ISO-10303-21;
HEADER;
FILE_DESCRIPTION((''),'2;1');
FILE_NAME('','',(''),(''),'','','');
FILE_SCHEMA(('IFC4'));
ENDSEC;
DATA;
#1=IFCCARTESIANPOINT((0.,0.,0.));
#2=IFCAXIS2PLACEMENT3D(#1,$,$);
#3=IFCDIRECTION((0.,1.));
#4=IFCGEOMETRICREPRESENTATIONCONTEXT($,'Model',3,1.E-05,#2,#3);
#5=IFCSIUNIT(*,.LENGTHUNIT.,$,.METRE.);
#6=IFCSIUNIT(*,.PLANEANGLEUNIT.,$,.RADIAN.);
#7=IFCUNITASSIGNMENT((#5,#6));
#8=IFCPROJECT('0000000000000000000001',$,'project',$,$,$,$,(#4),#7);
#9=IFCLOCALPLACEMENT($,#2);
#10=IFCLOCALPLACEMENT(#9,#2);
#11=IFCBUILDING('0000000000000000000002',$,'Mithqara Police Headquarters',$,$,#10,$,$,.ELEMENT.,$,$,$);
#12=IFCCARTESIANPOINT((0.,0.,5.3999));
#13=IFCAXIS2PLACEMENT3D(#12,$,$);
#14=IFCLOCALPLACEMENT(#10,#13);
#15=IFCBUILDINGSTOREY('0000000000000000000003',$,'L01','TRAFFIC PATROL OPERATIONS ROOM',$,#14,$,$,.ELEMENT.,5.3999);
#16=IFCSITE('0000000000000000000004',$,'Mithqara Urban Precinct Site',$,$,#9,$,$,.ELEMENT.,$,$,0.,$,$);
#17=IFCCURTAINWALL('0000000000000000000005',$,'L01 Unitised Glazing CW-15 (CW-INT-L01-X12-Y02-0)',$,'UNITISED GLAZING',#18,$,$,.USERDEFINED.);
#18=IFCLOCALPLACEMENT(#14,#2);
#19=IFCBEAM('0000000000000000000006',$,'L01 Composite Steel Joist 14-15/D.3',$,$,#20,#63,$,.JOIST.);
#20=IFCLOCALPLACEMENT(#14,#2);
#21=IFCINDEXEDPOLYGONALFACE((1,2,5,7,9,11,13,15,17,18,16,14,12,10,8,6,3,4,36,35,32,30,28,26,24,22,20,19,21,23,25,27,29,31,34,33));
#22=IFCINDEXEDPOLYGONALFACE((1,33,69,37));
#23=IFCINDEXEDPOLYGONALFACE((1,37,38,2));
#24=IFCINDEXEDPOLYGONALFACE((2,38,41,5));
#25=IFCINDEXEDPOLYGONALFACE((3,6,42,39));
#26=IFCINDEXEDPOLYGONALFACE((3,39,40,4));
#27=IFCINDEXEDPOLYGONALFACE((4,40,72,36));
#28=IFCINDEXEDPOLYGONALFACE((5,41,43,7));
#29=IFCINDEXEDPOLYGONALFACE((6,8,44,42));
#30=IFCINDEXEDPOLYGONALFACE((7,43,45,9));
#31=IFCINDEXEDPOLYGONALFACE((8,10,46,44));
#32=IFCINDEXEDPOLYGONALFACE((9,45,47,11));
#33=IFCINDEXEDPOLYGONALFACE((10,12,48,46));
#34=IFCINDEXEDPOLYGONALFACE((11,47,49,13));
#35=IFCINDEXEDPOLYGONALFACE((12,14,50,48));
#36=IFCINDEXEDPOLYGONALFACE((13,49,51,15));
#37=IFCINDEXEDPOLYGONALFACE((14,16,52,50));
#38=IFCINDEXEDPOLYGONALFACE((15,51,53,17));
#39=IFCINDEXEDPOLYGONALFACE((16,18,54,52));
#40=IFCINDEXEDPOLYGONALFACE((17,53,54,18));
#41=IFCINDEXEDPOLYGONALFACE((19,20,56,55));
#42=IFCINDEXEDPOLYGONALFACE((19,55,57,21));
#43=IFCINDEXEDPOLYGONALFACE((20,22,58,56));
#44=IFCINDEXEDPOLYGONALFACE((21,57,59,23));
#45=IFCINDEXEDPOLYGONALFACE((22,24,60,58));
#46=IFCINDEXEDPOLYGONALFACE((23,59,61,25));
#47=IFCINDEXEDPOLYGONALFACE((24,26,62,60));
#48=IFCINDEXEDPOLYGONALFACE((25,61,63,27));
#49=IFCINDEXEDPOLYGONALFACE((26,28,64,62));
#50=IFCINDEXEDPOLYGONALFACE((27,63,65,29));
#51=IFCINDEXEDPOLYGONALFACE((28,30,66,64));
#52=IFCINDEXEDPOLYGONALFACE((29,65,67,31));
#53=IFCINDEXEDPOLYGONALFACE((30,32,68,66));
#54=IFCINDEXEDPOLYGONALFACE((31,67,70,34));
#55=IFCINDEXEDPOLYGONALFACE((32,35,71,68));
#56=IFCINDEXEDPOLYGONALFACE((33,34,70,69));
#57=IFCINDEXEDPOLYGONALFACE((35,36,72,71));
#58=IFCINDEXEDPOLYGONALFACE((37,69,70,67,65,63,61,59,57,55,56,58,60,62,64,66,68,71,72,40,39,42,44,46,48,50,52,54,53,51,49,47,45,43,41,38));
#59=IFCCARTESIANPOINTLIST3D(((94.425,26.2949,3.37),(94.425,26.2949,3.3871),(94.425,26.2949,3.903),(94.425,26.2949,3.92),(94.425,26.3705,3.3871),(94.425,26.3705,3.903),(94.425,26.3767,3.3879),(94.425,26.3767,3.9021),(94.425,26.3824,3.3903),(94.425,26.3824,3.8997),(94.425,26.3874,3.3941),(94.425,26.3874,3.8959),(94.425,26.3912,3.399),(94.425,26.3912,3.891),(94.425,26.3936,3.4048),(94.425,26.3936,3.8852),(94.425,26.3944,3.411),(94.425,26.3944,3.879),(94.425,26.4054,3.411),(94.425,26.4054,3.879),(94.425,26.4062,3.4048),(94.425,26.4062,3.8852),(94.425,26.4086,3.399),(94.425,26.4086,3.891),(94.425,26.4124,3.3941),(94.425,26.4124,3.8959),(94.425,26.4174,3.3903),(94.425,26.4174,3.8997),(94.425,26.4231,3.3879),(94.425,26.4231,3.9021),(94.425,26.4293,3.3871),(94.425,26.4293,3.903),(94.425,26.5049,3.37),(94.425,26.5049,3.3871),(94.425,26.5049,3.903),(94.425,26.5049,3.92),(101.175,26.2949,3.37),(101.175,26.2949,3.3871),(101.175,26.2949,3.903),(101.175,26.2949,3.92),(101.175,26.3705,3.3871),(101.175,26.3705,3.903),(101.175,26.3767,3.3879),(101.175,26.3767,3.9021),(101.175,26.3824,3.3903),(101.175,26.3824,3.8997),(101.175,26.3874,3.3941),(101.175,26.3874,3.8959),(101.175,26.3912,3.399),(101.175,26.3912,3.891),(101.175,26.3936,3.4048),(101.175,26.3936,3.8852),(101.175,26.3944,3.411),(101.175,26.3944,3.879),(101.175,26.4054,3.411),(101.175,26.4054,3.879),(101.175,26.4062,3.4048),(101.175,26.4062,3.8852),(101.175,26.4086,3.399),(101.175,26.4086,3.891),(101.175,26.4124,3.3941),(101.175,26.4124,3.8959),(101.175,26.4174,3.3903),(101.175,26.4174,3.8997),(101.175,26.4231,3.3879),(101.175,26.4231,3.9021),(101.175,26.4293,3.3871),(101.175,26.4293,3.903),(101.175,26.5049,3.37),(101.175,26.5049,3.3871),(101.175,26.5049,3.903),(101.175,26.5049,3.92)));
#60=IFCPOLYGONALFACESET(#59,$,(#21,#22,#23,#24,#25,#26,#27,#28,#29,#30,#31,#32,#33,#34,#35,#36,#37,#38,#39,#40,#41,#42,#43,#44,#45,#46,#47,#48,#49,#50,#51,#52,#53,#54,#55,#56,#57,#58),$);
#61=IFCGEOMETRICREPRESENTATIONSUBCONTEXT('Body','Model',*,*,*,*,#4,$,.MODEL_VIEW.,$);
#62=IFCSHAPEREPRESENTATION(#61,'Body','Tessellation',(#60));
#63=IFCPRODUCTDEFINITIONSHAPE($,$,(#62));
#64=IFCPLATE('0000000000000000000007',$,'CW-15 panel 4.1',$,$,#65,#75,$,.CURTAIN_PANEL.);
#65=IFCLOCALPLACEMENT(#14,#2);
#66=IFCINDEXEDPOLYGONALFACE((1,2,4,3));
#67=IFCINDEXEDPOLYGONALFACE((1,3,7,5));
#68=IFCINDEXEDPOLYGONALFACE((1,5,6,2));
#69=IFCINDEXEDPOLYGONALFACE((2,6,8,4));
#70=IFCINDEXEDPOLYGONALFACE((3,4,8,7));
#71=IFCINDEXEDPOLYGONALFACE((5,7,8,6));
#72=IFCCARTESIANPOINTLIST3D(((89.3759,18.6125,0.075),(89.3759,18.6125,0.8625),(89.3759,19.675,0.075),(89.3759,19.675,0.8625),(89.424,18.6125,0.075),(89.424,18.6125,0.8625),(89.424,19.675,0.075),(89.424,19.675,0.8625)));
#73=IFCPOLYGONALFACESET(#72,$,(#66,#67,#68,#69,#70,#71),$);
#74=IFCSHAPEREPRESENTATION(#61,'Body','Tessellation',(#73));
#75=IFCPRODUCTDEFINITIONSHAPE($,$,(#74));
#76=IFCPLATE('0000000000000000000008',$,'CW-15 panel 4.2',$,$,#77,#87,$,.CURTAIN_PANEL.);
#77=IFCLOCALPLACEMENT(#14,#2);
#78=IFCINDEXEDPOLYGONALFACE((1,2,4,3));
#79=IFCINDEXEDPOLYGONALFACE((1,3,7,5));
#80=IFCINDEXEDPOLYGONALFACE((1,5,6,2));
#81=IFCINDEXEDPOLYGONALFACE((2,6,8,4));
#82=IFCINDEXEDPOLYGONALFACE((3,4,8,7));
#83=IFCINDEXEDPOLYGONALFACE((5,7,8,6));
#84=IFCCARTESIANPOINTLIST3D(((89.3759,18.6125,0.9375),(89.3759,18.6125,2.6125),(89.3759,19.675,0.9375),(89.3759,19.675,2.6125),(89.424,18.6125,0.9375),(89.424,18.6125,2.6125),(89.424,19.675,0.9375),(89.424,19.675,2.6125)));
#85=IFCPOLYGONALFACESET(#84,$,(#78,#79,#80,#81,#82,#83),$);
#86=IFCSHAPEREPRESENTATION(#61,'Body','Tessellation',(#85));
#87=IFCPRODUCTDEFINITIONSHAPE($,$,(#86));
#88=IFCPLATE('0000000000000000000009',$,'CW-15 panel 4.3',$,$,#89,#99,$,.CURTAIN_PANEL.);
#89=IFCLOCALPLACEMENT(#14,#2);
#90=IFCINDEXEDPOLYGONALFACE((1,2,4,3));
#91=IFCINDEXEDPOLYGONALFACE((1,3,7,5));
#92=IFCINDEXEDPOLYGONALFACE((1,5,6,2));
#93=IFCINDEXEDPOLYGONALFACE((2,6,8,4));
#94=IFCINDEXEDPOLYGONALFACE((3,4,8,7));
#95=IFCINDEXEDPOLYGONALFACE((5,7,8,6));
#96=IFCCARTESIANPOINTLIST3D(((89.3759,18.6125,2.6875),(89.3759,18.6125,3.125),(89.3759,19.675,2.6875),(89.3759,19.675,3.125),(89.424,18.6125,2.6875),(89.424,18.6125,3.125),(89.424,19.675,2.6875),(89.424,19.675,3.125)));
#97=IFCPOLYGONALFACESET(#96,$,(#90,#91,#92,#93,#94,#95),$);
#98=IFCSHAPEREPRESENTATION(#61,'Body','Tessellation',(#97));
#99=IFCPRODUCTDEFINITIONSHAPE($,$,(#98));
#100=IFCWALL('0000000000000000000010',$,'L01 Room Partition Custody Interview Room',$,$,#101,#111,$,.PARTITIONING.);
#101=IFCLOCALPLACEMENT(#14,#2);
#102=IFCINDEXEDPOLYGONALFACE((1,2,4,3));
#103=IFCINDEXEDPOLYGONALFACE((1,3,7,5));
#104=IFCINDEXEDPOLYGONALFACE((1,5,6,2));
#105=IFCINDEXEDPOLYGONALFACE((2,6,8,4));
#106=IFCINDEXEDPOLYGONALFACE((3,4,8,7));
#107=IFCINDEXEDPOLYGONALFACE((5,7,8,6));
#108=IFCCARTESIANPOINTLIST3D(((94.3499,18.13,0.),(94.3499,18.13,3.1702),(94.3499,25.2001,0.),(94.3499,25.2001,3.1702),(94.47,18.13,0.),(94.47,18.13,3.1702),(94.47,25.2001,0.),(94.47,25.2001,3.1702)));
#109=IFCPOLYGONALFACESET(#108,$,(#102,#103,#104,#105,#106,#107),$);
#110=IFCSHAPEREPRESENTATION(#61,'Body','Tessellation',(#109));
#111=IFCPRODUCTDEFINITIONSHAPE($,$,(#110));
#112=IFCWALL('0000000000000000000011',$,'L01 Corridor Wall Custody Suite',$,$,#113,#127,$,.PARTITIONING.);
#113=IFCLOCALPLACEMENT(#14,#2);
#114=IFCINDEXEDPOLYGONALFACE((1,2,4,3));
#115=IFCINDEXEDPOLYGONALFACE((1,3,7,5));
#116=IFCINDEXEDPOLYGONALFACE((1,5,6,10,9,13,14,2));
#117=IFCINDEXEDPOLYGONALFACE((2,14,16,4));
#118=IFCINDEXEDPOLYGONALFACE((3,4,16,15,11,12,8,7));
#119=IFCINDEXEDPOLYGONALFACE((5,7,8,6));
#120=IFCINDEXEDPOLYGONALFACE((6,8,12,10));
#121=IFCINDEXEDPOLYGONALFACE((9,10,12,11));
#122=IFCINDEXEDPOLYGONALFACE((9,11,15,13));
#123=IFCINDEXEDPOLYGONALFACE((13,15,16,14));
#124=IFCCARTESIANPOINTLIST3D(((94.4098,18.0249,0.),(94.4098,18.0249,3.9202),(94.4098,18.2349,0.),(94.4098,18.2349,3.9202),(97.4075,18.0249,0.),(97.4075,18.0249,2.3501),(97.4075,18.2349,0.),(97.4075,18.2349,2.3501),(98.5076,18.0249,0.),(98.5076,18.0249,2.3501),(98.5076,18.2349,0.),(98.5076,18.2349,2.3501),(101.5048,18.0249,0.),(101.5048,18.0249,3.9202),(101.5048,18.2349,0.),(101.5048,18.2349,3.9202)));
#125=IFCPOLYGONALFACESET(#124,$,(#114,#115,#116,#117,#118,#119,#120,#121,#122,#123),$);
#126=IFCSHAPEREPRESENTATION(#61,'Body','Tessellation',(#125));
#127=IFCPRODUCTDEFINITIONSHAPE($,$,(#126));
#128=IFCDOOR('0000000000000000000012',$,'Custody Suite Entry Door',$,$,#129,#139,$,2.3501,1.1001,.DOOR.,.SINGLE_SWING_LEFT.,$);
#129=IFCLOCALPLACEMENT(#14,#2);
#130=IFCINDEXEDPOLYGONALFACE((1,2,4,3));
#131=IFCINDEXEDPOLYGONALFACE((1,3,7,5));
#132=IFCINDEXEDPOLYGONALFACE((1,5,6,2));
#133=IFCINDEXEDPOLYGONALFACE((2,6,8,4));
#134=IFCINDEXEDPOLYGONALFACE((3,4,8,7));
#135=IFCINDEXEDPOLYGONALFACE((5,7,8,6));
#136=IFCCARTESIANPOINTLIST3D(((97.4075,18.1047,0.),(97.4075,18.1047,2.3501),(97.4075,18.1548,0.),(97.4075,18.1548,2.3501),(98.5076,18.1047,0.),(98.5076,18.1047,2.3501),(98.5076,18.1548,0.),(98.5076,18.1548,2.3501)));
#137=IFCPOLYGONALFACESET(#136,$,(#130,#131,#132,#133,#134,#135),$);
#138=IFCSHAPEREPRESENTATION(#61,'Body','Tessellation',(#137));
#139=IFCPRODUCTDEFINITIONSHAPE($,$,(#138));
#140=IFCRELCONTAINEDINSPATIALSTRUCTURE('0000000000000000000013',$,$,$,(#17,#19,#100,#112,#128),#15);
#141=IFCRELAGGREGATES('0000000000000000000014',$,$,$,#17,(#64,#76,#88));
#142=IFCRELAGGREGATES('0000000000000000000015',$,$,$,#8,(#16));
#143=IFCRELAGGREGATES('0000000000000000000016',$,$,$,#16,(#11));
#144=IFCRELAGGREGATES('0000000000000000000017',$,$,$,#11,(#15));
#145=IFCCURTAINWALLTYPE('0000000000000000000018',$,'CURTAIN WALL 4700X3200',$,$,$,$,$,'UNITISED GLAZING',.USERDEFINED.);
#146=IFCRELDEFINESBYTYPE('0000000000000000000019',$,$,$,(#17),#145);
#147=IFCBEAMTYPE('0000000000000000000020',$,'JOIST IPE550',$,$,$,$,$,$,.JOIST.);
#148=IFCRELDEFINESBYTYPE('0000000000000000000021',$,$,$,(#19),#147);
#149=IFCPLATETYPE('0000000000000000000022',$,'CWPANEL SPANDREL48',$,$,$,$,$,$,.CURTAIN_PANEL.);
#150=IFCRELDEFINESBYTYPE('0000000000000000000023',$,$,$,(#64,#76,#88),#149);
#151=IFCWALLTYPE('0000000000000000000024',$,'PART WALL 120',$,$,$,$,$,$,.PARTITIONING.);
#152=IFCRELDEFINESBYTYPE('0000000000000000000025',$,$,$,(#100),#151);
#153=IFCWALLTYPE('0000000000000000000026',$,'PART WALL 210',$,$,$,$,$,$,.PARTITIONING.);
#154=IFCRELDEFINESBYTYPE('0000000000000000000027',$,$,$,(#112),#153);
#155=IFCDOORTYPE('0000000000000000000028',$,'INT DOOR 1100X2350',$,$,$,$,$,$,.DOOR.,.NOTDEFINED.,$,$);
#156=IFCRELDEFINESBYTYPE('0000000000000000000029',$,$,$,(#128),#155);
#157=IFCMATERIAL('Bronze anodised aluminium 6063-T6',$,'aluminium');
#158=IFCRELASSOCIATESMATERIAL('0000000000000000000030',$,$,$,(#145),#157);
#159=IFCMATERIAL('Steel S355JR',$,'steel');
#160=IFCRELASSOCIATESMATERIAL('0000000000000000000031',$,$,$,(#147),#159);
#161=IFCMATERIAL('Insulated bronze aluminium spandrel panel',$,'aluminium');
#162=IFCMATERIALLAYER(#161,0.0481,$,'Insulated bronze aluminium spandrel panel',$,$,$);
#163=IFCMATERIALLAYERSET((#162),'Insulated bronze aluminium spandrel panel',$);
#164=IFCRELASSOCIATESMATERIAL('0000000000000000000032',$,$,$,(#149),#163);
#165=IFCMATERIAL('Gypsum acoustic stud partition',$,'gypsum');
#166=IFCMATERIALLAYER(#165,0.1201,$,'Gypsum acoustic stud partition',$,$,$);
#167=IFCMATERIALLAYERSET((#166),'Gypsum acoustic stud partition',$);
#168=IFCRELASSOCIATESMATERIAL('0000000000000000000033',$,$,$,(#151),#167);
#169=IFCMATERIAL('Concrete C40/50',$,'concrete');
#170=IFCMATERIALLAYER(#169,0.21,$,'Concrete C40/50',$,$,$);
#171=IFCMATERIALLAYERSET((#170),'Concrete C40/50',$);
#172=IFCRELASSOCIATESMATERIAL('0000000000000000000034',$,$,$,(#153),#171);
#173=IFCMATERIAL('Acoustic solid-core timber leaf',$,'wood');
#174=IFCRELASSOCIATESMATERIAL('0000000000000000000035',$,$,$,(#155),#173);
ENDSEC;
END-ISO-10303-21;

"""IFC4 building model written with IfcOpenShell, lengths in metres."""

from ifc_helpers import new_model, si_unit, direction, frame, frame_2d, origin, origin_2d, place, context, subcontext, project, spatial, rectangle, i_section, extrude, material, layer, layer_set, material_profile, profile_set, type_object, element, fill, aggregate, save


model = new_model("IFC4")

# Units and contexts
model_context = context("Model", 3, precision=1e-05, world=origin(), true_north=direction((0.0, 1.0)))
body_context = subcontext(model_context, "Body", "Model", "MODEL_VIEW")
ifc_project = project(units=[si_unit("LENGTHUNIT", "METRE"), si_unit("PLANEANGLEUNIT", "RADIAN")], contexts=[model_context])

# Site, building, storey
site_placement = place(None, origin())
site = spatial("IfcSite", under=ifc_project, at=site_placement, Name="Mithqara Urban Precinct Site", CompositionType="ELEMENT", RefElevation=0.0)
building_placement = place(site_placement, origin())
building = spatial("IfcBuilding", under=site, at=building_placement, Name="Mithqara Police Headquarters", CompositionType="ELEMENT")
storey_placement = place(building_placement, frame((0.0, 0.0, 5.3999)))
storey = spatial("IfcBuildingStorey", under=building, at=storey_placement, Name="L01", Description="TRAFFIC PATROL OPERATIONS ROOM", CompositionType="ELEMENT", Elevation=5.3999)

# Shared definitions
ifc_material_1 = material(Name="Steel S355JR", Category="steel")
ifc_material_2 = material(Name="Concrete C40/50", Category="concrete")

# Curtain wall
ifc_material_3 = material(Name="Bronze anodised aluminium 6063-T6", Category="aluminium")
curtain_wall_type = type_object("IfcCurtainWallType", Name="CURTAIN WALL 4700X3200", ElementType="UNITISED GLAZING", PredefinedType="USERDEFINED", material=ifc_material_3)
curtain_wall_placement = place(storey_placement, origin())
curtain_wall = element("IfcCurtainWall", 1, at=curtain_wall_placement, inside=storey, type_object=curtain_wall_type, Name="L01 Unitised Glazing CW-15 (CW-INT-L01-X12-Y02-0)", ObjectType="UNITISED GLAZING", PredefinedType="USERDEFINED")

# Beam
ifc_material_profile_1 = material_profile(ifc_material_1, i_section(OverallWidth=0.21, OverallDepth=0.55, WebThickness=0.011, FlangeThickness=0.0171, FilletRadius=0.0239, at=origin_2d()), Name="IPE 550")
ifc_profile_set_1 = profile_set([ifc_material_profile_1], Name="Steel S355JR")
beam_type_1 = type_object("IfcBeamType", Name="JOIST IPE550", PredefinedType="JOIST", material=ifc_profile_set_1)
beam_1_placement = place(storey_placement, frame((94.425, 26.3999, 3.645), z_axis=(1.0, 0.0, 0.0), x_axis=(0.0, 1.0, 0.0)))
element("IfcBeam", 2, at=beam_1_placement, inside=storey, type_object=beam_type_1, Name="L01 Composite Steel Joist 14-15/D.3", PredefinedType="JOIST", context=body_context, shape_type="SweptSolid", body=[
    extrude(i_section(OverallWidth=0.21, OverallDepth=0.55, WebThickness=0.011, FlangeThickness=0.0171, FilletRadius=0.0239, at=origin_2d()), origin(), (0.0, 0.0, 1.0), 6.75),
])

# Plates
ifc_material_4 = material(Name="Insulated bronze aluminium spandrel panel", Category="aluminium")
ifc_layer_1 = layer(ifc_material_4, 0.0481, Name="Insulated bronze aluminium spandrel panel")
ifc_layer_set_1 = layer_set([ifc_layer_1], Name="Insulated bronze aluminium spandrel panel")
plate_type = type_object("IfcPlateType", Name="CWPANEL SPANDREL48", PredefinedType="CURTAIN_PANEL", material=ifc_layer_set_1)
plate_1_placement = place(storey_placement, frame((89.3999, 19.1438, 0.075), z_axis=(0.0, 0.0, 1.0), x_axis=(0.0, 1.0, 0.0)))
plate_1 = element("IfcPlate", 3, at=plate_1_placement, type_object=plate_type, Name="CW-15 panel 4.1", PredefinedType="CURTAIN_PANEL", context=body_context, shape_type="SweptSolid", body=[
    extrude(rectangle(XDim=1.0625, YDim=0.0481, at=origin_2d()), origin(), (0.0, 0.0, 1.0), 0.7876),
])
plate_2_placement = place(storey_placement, frame((89.3999, 19.1438, 0.9375), z_axis=(0.0, 0.0, 1.0), x_axis=(0.0, 1.0, 0.0)))
plate_2 = element("IfcPlate", 4, at=plate_2_placement, type_object=plate_type, Name="CW-15 panel 4.2", PredefinedType="CURTAIN_PANEL", context=body_context, shape_type="SweptSolid", body=[
    extrude(rectangle(XDim=1.0625, YDim=0.0481, at=origin_2d()), origin(), (0.0, 0.0, 1.0), 1.675),
])
plate_3_placement = place(storey_placement, frame((89.3999, 19.1438, 2.6875), z_axis=(0.0, 0.0, 1.0), x_axis=(0.0, 1.0, 0.0)))
plate_3 = element("IfcPlate", 5, at=plate_3_placement, type_object=plate_type, Name="CW-15 panel 4.3", PredefinedType="CURTAIN_PANEL", context=body_context, shape_type="SweptSolid", body=[
    extrude(rectangle(XDim=1.0625, YDim=0.0481, at=origin_2d()), origin(), (0.0, 0.0, 1.0), 0.4375),
])
aggregate(curtain_wall, [plate_1, plate_2, plate_3])

# Wall
ifc_material_5 = material(Name="Gypsum acoustic stud partition", Category="gypsum")
ifc_layer_2 = layer(ifc_material_5, 0.1201, Name="Gypsum acoustic stud partition")
ifc_layer_set_2 = layer_set([ifc_layer_2], Name="Gypsum acoustic stud partition")
wall_type_1 = type_object("IfcWallType", Name="PART WALL 120", PredefinedType="PARTITIONING", material=ifc_layer_set_2)
wall_1_placement = place(storey_placement, frame((94.4099, 18.1299, 0.0), z_axis=(0.0, 0.0, 1.0), x_axis=(0.0, 1.0, 0.0)))
element("IfcWall", 6, at=wall_1_placement, inside=storey, type_object=wall_type_1, Name="L01 Room Partition Custody Interview Room", PredefinedType="PARTITIONING", context=body_context, shape_type="SweptSolid", body=[
    extrude(rectangle(XDim=7.0701, YDim=0.1201, at=frame_2d((3.5352, 0.0))), origin(), (0.0, 0.0, 1.0), 3.1702),
])

# Wall, opening, door
ifc_layer_3 = layer(ifc_material_2, 0.21, Name="Concrete C40/50")
ifc_layer_set_3 = layer_set([ifc_layer_3], Name="Concrete C40/50")
wall_type_2 = type_object("IfcWallType", Name="PART WALL 210", PredefinedType="PARTITIONING", material=ifc_layer_set_3)
wall_2_placement = place(storey_placement, frame((94.4099, 18.1299, 0.0), z_axis=(0.0, 0.0, 1.0), x_axis=(1.0, 0.0, 0.0)))
wall_2 = element("IfcWall", 7, at=wall_2_placement, inside=storey, type_object=wall_type_2, Name="L01 Corridor Wall Custody Suite", PredefinedType="PARTITIONING", context=body_context, shape_type="SweptSolid", body=[
    extrude(rectangle(XDim=7.095, YDim=0.21, at=frame_2d((3.5474, 0.0))), origin(), (0.0, 0.0, 1.0), 3.9202),
])
opening_placement = place(wall_2_placement, frame((2.9976, 0.0, 0.0)))
opening = element("IfcOpeningElement", 8, at=opening_placement, cuts=wall_2, PredefinedType="OPENING", context=body_context, shape_type="SweptSolid", body=[
    extrude(rectangle(XDim=1.1001, YDim=2.3501, at=frame_2d((0.55, 1.175))), frame((0.0, 0.115, 0.0), z_axis=(0.0, -1.0, 0.0), x_axis=(1.0, 0.0, 0.0)), (0.0, 0.0, 1.0), 0.23),
])
ifc_material_6 = material(Name="Acoustic solid-core timber leaf", Category="wood")
door_type = type_object("IfcDoorType", Name="INT DOOR 1100X2350", OperationType="NOTDEFINED", PredefinedType="DOOR", material=ifc_material_6)
door_placement = place(opening_placement, origin())
door = element("IfcDoor", 9, at=door_placement, inside=storey, type_object=door_type, Name="Custody Suite Entry Door", OperationType="SINGLE_SWING_LEFT", OverallHeight=2.3501, OverallWidth=1.1001, PredefinedType="DOOR", context=body_context, shape_type="SweptSolid", body=[
    extrude(rectangle(XDim=1.1001, YDim=2.3501, at=frame_2d((0.55, 1.175))), frame((0.0, 0.0249, 0.0), z_axis=(0.0, -1.0, 0.0), x_axis=(1.0, 0.0, 0.0)), (0.0, 0.0, 1.0), 0.05),
])
fill(opening, door)

save(model, "model.ifc")
